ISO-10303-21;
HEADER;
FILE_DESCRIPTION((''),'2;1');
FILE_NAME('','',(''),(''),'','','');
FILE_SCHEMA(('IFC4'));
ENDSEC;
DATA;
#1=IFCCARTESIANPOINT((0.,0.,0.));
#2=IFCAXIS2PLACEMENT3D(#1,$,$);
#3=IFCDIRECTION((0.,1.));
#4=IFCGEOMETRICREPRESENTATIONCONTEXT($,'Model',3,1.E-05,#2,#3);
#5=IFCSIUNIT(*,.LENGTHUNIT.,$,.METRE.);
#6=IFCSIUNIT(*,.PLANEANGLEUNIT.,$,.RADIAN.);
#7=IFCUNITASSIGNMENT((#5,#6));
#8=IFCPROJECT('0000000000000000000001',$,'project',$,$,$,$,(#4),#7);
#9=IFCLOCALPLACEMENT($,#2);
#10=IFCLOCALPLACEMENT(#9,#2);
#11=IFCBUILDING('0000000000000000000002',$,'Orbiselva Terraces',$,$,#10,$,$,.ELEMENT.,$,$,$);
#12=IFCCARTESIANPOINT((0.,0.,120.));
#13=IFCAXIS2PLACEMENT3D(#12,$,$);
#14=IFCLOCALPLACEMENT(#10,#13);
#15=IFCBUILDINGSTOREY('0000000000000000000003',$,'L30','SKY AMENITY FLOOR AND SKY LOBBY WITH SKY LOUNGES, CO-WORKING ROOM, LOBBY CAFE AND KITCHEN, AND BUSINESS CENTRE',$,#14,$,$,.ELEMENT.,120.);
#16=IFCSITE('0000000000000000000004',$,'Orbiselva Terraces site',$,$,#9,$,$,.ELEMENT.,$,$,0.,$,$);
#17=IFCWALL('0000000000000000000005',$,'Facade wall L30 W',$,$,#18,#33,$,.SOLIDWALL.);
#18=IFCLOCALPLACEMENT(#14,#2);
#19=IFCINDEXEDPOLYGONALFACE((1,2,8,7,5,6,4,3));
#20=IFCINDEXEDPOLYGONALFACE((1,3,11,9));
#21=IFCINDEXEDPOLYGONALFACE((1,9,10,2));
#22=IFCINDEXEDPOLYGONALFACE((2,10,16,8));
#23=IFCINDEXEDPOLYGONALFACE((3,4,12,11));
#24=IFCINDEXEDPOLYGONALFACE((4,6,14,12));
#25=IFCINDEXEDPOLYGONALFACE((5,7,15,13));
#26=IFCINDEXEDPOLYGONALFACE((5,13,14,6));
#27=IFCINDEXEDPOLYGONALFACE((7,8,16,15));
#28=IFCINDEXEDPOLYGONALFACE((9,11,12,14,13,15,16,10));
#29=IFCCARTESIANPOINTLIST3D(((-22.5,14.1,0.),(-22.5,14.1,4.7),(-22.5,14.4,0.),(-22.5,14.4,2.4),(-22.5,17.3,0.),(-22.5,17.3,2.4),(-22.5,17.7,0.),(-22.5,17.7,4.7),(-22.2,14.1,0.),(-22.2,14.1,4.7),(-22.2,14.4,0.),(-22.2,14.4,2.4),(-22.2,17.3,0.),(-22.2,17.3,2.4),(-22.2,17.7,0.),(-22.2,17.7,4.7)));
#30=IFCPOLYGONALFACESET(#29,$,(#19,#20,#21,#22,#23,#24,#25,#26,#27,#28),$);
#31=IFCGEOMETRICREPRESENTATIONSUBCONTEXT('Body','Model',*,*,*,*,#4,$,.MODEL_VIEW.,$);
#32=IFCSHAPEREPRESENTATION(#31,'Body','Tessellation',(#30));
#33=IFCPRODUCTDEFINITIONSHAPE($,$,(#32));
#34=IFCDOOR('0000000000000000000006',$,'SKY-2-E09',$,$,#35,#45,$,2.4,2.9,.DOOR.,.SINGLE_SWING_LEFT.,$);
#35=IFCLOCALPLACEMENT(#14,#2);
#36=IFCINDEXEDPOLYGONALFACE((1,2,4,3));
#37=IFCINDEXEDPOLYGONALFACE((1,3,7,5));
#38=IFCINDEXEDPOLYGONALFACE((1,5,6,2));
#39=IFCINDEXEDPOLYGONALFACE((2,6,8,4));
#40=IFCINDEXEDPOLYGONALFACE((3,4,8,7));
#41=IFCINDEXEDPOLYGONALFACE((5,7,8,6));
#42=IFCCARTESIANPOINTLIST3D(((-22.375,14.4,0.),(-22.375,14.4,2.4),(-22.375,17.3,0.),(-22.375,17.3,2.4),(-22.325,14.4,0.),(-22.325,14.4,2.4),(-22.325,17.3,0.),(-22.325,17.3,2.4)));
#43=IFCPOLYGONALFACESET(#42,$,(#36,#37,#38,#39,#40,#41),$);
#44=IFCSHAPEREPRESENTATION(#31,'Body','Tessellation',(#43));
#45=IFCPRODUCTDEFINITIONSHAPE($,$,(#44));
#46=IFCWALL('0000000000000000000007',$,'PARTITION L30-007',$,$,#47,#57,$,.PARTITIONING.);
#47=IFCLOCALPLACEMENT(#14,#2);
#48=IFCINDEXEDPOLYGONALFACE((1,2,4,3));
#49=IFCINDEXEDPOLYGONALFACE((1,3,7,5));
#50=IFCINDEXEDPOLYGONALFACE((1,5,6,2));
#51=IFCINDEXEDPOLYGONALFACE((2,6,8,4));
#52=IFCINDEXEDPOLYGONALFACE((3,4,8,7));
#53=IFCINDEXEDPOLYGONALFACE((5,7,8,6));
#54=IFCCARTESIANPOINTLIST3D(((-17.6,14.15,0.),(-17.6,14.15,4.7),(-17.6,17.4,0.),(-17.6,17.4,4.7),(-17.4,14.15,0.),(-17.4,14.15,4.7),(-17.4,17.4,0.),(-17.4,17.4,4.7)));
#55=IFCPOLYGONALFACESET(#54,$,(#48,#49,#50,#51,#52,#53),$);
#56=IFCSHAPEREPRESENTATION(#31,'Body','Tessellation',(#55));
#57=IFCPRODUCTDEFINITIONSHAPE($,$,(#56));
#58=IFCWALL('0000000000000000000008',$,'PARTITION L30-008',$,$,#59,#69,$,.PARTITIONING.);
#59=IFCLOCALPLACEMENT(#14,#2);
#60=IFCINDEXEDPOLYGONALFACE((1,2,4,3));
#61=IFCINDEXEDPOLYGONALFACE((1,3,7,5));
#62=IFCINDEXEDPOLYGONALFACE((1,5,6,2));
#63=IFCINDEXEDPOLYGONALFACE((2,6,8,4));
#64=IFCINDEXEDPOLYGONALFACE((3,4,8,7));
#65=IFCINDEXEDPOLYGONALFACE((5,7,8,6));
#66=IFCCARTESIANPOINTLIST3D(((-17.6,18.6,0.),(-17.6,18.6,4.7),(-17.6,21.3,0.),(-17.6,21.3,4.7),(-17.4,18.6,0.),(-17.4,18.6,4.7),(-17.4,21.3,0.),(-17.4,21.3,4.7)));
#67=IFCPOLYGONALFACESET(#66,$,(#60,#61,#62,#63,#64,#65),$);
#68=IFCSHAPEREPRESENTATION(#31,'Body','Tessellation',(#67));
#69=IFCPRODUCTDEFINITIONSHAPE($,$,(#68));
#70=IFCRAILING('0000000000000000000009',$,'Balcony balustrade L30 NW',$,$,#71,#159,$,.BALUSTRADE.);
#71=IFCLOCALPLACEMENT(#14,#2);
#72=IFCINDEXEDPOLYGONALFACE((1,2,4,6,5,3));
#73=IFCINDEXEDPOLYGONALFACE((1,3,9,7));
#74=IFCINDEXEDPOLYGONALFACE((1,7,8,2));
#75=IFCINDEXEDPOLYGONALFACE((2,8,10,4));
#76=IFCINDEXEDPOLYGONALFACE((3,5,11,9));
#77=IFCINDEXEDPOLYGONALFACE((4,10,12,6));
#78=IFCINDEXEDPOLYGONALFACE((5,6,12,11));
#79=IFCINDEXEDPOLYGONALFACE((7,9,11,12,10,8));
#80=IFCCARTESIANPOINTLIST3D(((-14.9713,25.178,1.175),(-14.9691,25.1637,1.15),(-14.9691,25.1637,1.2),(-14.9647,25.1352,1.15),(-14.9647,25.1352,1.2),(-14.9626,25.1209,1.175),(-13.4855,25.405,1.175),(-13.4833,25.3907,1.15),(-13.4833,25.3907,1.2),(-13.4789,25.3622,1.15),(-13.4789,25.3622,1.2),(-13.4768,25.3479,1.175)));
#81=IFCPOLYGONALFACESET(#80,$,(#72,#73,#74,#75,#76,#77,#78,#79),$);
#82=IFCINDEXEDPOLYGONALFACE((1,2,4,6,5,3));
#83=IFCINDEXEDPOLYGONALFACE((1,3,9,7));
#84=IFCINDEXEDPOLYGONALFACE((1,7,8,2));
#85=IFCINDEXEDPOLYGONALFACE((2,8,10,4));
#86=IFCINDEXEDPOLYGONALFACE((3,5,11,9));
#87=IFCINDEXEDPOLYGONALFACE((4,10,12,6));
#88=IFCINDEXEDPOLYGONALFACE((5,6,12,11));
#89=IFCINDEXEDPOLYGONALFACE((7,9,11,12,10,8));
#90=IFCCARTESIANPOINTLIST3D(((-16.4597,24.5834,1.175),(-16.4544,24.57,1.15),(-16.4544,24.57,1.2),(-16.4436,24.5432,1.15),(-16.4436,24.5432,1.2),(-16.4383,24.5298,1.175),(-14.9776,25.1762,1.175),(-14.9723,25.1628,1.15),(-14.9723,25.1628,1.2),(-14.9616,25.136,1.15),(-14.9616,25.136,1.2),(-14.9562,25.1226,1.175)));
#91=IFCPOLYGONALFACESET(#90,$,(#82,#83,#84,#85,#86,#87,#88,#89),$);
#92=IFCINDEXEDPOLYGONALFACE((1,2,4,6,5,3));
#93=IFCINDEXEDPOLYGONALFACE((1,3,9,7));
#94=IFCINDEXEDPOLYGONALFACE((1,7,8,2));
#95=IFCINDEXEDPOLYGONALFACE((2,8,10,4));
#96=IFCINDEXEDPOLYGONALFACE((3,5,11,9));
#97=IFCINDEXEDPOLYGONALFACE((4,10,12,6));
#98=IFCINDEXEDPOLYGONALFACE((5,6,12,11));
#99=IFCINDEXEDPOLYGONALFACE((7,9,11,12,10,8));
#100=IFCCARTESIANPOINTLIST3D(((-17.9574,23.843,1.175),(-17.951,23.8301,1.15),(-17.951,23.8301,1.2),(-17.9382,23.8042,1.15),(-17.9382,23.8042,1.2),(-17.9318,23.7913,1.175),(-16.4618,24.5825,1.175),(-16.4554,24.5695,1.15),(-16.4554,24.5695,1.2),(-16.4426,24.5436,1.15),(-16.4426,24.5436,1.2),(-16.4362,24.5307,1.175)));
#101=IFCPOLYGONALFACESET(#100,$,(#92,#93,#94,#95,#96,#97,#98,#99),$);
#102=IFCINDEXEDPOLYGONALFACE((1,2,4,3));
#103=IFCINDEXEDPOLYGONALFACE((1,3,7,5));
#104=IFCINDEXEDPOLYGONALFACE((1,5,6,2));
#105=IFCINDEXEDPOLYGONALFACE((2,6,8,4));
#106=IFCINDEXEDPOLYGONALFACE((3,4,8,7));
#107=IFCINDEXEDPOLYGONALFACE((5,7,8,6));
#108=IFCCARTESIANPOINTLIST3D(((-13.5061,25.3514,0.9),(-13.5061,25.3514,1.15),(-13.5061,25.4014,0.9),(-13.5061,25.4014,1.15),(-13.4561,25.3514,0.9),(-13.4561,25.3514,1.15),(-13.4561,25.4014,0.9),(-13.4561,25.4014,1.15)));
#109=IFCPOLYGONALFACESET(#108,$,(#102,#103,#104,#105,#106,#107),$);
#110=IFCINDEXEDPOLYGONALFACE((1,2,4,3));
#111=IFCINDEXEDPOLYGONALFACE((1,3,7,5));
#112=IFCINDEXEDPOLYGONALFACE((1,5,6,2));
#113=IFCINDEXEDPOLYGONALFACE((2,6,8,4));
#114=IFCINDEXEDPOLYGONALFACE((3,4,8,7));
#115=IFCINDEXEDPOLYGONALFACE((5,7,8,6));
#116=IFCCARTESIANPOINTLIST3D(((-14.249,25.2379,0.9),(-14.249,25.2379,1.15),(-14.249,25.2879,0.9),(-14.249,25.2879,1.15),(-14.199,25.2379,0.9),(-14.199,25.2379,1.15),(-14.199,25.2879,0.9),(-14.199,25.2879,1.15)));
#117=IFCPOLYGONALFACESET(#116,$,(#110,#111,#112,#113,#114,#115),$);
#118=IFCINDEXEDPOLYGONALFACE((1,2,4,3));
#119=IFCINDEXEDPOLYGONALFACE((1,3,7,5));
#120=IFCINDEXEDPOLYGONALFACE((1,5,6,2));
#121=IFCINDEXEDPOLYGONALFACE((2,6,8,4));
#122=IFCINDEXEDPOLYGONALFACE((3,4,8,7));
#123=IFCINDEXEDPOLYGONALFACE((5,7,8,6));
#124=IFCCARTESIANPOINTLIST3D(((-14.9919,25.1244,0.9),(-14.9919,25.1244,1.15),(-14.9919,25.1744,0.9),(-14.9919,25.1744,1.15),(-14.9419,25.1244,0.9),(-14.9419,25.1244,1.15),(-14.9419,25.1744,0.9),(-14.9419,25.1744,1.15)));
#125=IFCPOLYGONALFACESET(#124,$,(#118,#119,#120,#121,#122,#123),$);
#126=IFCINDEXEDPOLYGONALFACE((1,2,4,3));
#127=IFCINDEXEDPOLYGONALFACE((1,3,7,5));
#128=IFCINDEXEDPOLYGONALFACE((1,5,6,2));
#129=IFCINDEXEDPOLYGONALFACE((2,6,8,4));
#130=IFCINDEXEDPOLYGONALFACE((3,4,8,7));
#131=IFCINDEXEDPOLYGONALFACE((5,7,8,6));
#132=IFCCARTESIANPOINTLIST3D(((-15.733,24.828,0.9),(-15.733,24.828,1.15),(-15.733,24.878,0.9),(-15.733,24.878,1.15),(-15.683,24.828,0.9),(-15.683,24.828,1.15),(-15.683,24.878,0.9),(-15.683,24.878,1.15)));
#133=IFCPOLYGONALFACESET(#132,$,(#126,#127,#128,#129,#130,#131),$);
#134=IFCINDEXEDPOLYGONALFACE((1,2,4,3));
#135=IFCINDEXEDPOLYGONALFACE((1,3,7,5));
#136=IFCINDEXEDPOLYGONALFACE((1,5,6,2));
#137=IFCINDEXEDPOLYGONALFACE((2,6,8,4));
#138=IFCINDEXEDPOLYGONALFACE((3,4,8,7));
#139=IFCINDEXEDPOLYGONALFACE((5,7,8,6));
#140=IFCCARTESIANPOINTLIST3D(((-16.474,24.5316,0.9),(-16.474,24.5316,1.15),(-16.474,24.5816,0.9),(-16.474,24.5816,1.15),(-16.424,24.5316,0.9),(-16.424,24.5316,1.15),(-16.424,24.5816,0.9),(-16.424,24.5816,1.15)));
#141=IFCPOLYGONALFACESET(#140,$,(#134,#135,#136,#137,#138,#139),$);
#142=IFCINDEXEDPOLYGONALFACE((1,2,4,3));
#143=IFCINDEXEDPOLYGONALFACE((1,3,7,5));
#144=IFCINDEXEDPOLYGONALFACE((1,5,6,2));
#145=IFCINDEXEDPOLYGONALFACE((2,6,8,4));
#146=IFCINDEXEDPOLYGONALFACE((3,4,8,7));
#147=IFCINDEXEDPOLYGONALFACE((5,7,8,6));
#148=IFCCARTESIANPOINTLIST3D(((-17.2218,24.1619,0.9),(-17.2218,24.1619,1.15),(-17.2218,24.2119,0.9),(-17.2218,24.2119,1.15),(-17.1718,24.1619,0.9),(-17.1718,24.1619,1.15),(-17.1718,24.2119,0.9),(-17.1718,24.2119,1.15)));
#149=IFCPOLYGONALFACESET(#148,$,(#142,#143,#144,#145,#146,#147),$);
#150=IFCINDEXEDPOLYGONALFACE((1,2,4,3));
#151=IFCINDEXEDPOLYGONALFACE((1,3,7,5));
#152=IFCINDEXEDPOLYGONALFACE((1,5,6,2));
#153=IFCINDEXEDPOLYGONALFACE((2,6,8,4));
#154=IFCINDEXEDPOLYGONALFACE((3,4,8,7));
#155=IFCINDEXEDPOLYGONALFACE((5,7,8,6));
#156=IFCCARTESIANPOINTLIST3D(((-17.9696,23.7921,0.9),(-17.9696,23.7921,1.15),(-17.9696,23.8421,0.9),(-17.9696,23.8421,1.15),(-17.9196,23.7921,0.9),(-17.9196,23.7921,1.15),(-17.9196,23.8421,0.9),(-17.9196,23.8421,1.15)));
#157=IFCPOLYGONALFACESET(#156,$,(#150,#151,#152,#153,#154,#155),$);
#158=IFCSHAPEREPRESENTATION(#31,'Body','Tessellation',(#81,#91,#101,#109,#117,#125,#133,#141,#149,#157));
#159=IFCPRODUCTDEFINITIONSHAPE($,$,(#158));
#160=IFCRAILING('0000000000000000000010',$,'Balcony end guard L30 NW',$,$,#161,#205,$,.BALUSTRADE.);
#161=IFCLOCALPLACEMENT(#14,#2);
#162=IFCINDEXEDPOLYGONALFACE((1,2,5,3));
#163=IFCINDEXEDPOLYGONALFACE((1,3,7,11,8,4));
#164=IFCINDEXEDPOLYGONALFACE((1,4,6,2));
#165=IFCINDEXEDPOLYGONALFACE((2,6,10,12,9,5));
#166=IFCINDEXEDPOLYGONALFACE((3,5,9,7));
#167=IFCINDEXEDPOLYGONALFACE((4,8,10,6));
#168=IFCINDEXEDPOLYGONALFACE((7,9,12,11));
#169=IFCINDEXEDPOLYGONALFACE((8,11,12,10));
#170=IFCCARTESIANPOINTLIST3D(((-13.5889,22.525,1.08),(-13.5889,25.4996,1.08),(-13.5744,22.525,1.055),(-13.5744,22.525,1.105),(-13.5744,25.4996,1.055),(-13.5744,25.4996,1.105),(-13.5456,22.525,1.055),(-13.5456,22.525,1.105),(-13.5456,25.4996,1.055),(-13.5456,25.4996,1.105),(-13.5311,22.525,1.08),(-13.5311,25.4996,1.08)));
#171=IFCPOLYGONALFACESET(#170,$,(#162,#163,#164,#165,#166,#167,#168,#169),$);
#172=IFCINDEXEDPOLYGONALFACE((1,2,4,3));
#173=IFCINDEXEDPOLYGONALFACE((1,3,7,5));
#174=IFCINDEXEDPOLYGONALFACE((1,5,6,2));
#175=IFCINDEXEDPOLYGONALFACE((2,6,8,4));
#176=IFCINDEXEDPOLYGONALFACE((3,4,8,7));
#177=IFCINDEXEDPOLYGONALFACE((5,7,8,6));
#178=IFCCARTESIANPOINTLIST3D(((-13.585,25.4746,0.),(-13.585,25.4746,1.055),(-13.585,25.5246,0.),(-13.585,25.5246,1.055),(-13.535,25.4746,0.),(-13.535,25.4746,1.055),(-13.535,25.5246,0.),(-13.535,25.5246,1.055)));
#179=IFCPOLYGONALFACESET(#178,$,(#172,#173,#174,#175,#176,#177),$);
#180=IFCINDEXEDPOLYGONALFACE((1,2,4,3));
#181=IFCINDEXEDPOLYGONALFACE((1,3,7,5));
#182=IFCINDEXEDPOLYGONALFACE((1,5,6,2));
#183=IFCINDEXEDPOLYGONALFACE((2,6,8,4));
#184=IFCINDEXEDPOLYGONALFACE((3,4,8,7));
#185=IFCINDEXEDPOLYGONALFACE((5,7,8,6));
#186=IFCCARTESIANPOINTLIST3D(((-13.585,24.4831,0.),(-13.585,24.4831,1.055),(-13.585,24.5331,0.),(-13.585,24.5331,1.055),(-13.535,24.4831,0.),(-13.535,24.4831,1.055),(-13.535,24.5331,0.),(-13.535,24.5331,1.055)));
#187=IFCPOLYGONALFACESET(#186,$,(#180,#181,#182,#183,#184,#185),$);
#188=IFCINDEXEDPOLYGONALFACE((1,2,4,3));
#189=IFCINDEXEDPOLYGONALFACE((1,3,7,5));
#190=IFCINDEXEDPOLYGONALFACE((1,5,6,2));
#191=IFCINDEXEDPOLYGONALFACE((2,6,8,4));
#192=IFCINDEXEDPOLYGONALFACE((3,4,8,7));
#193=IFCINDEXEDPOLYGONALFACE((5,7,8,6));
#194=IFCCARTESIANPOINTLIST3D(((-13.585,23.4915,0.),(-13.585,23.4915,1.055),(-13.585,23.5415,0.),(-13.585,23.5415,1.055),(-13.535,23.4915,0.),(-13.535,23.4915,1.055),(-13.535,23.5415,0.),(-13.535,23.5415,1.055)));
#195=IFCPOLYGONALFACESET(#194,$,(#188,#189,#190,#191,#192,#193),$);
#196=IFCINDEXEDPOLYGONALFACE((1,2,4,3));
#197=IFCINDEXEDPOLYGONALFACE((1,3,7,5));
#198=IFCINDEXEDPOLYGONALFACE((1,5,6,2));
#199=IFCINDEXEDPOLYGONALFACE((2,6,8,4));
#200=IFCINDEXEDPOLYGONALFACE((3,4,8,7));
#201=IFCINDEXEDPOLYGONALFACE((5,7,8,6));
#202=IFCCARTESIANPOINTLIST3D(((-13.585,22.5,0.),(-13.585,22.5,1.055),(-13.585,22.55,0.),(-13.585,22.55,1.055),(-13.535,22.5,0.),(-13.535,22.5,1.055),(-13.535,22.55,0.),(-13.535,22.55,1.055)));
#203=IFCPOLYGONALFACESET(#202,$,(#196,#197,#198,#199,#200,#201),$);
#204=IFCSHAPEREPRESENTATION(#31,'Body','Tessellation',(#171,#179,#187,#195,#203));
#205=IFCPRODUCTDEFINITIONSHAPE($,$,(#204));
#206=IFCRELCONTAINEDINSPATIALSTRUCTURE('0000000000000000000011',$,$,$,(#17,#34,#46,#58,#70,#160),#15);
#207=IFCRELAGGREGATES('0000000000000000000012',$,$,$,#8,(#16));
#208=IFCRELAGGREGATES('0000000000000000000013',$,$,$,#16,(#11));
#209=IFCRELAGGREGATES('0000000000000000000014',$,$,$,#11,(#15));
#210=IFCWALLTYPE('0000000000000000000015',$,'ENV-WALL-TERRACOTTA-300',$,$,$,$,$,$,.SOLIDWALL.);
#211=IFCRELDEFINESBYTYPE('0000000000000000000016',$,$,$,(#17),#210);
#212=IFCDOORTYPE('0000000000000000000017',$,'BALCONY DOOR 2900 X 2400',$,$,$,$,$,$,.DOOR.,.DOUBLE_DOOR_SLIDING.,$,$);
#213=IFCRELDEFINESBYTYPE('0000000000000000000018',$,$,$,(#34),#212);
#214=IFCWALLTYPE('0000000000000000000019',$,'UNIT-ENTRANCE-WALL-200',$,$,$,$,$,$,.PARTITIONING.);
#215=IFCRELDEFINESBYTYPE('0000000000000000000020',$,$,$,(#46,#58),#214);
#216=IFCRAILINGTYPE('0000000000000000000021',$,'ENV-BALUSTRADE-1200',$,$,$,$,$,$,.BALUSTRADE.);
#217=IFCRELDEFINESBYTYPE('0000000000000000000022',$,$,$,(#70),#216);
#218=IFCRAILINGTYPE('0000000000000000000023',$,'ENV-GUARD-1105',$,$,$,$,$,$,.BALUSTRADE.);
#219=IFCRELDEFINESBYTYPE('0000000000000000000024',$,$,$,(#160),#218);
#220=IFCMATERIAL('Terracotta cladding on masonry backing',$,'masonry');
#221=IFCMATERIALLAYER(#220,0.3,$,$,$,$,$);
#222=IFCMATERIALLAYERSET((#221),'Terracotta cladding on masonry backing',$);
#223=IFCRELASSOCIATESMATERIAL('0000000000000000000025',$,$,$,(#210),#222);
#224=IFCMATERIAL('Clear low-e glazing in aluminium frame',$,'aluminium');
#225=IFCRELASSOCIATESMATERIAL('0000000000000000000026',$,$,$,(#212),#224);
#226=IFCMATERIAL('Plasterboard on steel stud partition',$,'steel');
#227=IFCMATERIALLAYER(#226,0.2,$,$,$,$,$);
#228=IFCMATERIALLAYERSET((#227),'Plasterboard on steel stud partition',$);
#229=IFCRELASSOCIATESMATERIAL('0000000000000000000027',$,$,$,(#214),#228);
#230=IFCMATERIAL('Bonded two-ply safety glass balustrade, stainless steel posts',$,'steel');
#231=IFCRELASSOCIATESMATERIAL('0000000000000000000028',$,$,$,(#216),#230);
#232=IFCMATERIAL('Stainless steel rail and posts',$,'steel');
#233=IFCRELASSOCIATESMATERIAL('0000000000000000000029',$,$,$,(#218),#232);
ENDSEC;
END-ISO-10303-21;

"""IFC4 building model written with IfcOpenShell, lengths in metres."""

from ifc_helpers import new_model, si_unit, direction, frame, frame_2d, origin, origin_2d, place, context, subcontext, project, spatial, polyline, rectangle, outline, extrude, material, layer, layer_set, type_object, element, fill, save


model = new_model("IFC4")

# Units and contexts
model_context = context("Model", 3, precision=1e-05, world=origin(), true_north=direction((0.0, 1.0)))
body_context = subcontext(model_context, "Body", "Model", "MODEL_VIEW")
ifc_project = project(units=[si_unit("LENGTHUNIT", "METRE"), si_unit("PLANEANGLEUNIT", "RADIAN")], contexts=[model_context])

# Site, building, storey
site_placement = place(None, origin())
site = spatial("IfcSite", under=ifc_project, at=site_placement, Name="Orbiselva Terraces site", CompositionType="ELEMENT", RefElevation=0.0)
building_placement = place(site_placement, origin())
building = spatial("IfcBuilding", under=site, at=building_placement, Name="Orbiselva Terraces", CompositionType="ELEMENT")
storey_placement = place(building_placement, frame((0.0, 0.0, 120.0)))
storey = spatial("IfcBuildingStorey", under=building, at=storey_placement, Name="L30", Description="SKY AMENITY FLOOR AND SKY LOBBY WITH SKY LOUNGES, CO-WORKING ROOM, LOBBY CAFE AND KITCHEN, AND BUSINESS CENTRE", CompositionType="ELEMENT", Elevation=120.0)

# Shared definitions
ifc_material_1 = material(Name="Terracotta cladding on masonry backing", Category="masonry")
ifc_layer_1 = layer(ifc_material_1, 0.3)
ifc_layer_set_1 = layer_set([ifc_layer_1], Name="Terracotta cladding on masonry backing")
wall_type_1 = type_object("IfcWallType", Name="ENV-WALL-TERRACOTTA-300", PredefinedType="SOLIDWALL", material=ifc_layer_set_1)
ifc_material_2 = material(Name="Clear low-e glazing in aluminium frame", Category="aluminium")

# Wall, opening, door
wall_1_placement = place(storey_placement, frame((-22.35, 14.1, 0.0), z_axis=(0.0, 0.0, 1.0), x_axis=(0.0, 1.0, 0.0)))
wall_1 = element("IfcWall", 1, at=wall_1_placement, inside=storey, type_object=wall_type_1, Name="Facade wall L30 W", PredefinedType="SOLIDWALL", context=body_context, shape_type="SweptSolid", body=[
    extrude(rectangle(XDim=3.6, YDim=0.3, at=frame_2d((1.8, 0.0))), origin(), (0.0, 0.0, 1.0), 4.7),
])
opening_1_placement = place(wall_1_placement, frame((0.3, 0.0, 0.0)))
opening_1 = element("IfcOpeningElement", 2, at=opening_1_placement, cuts=wall_1, PredefinedType="OPENING", context=body_context, shape_type="SweptSolid", body=[
    extrude(rectangle(XDim=2.9, YDim=2.4, at=frame_2d((1.45, 1.2))), frame((0.0, 0.16, 0.0), z_axis=(0.0, -1.0, 0.0), x_axis=(1.0, 0.0, 0.0)), (0.0, 0.0, 1.0), 0.32),
])
door_type_1 = type_object("IfcDoorType", Name="BALCONY DOOR 2900 X 2400", OperationType="DOUBLE_DOOR_SLIDING", PredefinedType="DOOR", material=ifc_material_2)
door_1_placement = place(opening_1_placement, origin())
door_1 = element("IfcDoor", 3, at=door_1_placement, inside=storey, type_object=door_type_1, Name="SKY-2-E09", OperationType="SINGLE_SWING_LEFT", OverallHeight=2.4, OverallWidth=2.9, PredefinedType="DOOR", context=body_context, shape_type="SweptSolid", body=[
    extrude(rectangle(XDim=2.9, YDim=2.4, at=frame_2d((1.45, 1.2))), frame((0.0, 0.025, 0.0), z_axis=(0.0, -1.0, 0.0), x_axis=(1.0, 0.0, 0.0)), (0.0, 0.0, 1.0), 0.05),
])
fill(opening_1, door_1)

# Walls
ifc_material_3 = material(Name="Plasterboard on steel stud partition", Category="steel")
ifc_layer_2 = layer(ifc_material_3, 0.2)
ifc_layer_set_2 = layer_set([ifc_layer_2], Name="Plasterboard on steel stud partition")
wall_type_2 = type_object("IfcWallType", Name="UNIT-ENTRANCE-WALL-200", PredefinedType="PARTITIONING", material=ifc_layer_set_2)
wall_2_placement = place(storey_placement, frame((-17.5, 14.15, 0.0), z_axis=(0.0, 0.0, 1.0), x_axis=(0.0, 1.0, 0.0)))
element("IfcWall", 4, at=wall_2_placement, inside=storey, type_object=wall_type_2, Name="PARTITION L30-007", PredefinedType="PARTITIONING", context=body_context, shape_type="SweptSolid", body=[
    extrude(rectangle(XDim=3.25, YDim=0.2, at=frame_2d((1.625, 0.0))), origin(), (0.0, 0.0, 1.0), 4.7),
])
wall_3_placement = place(storey_placement, frame((-17.5, 18.6, 0.0), z_axis=(0.0, 0.0, 1.0), x_axis=(0.0, 1.0, 0.0)))
element("IfcWall", 5, at=wall_3_placement, inside=storey, type_object=wall_type_2, Name="PARTITION L30-008", PredefinedType="PARTITIONING", context=body_context, shape_type="SweptSolid", body=[
    extrude(rectangle(XDim=2.7, YDim=0.2, at=frame_2d((1.35, 0.0))), origin(), (0.0, 0.0, 1.0), 4.7),
])

# Railings
ifc_material_4 = material(Name="Bonded two-ply safety glass balustrade, stainless steel posts", Category="steel")
railing_type_1 = type_object("IfcRailingType", Name="ENV-BALUSTRADE-1200", PredefinedType="BALUSTRADE", material=ifc_material_4)
railing_1_placement = place(storey_placement, frame((-13.4811, 25.3764, 0.9)))
element("IfcRailing", 6, at=railing_1_placement, inside=storey, type_object=railing_type_1, Name="Balcony balustrade L30 NW", PredefinedType="BALUSTRADE", context=body_context, shape_type="SweptSolid", body=[
    extrude(outline(polyline([(0.0289, 0.0), (0.0144, 0.025), (-0.0144, 0.025), (-0.0289, 0.0), (-0.0144, -0.025), (0.0144, -0.025), (0.0289, 0.0)])), frame((0.0, 0.0, 0.275), z_axis=(-0.988529, -0.151034, 0.0), x_axis=(0.151034, -0.988529, 0.0)), (0.0, 0.0, 1.0), 1.503),
    extrude(outline(polyline([(0.0289, 0.0), (0.0144, 0.025), (-0.0144, 0.025), (-0.0289, 0.0), (-0.0144, -0.025), (0.0144, -0.025), (0.0289, 0.0)])), frame((-1.4858, -0.227, 0.275), z_axis=(-0.928477, -0.371391, 0.0), x_axis=(0.371391, -0.928477, 0.0)), (0.0, 0.0, 1.0), 1.5963),
    extrude(outline(polyline([(0.0289, 0.0), (0.0144, 0.025), (-0.0144, 0.025), (-0.0289, 0.0), (-0.0144, -0.025), (0.0144, -0.025), (0.0289, 0.0)])), frame((-2.9679, -0.8198, 0.275), z_axis=(-0.896417, -0.443212, 0.0), x_axis=(0.443212, -0.896417, 0.0)), (0.0, 0.0, 1.0), 1.6684),
    extrude(rectangle(XDim=0.05, YDim=0.05, at=origin_2d()), origin(), (0.0, 0.0, 1.0), 0.25),
    extrude(rectangle(XDim=0.05, YDim=0.05, at=origin_2d()), frame((-0.7429, -0.1135, 0.0)), (0.0, 0.0, 1.0), 0.25),
    extrude(rectangle(XDim=0.05, YDim=0.05, at=origin_2d()), frame((-1.4858, -0.227, 0.0)), (0.0, 0.0, 1.0), 0.25),
    extrude(rectangle(XDim=0.05, YDim=0.05, at=origin_2d()), frame((-2.2268, -0.5234, 0.0)), (0.0, 0.0, 1.0), 0.25),
    extrude(rectangle(XDim=0.05, YDim=0.05, at=origin_2d()), frame((-2.9679, -0.8198, 0.0)), (0.0, 0.0, 1.0), 0.25),
    extrude(rectangle(XDim=0.05, YDim=0.05, at=origin_2d()), frame((-3.7157, -1.1896, 0.0)), (0.0, 0.0, 1.0), 0.25),
    extrude(rectangle(XDim=0.05, YDim=0.05, at=origin_2d()), frame((-4.4635, -1.5593, 0.0)), (0.0, 0.0, 1.0), 0.25),
])
ifc_material_5 = material(Name="Stainless steel rail and posts", Category="steel")
railing_type_2 = type_object("IfcRailingType", Name="ENV-GUARD-1105", PredefinedType="BALUSTRADE", material=ifc_material_5)
railing_2_placement = place(storey_placement, frame((-13.56, 25.4996, 0.0)))
element("IfcRailing", 7, at=railing_2_placement, inside=storey, type_object=railing_type_2, Name="Balcony end guard L30 NW", PredefinedType="BALUSTRADE", context=body_context, shape_type="SweptSolid", body=[
    extrude(outline(polyline([(0.0289, 0.0), (0.0144, 0.025), (-0.0144, 0.025), (-0.0289, 0.0), (-0.0144, -0.025), (0.0144, -0.025), (0.0289, 0.0)])), frame((0.0, 0.0, 1.08), z_axis=(0.0, -1.0, 0.0), x_axis=(1.0, 0.0, 0.0)), (0.0, 0.0, 1.0), 2.9746),
    extrude(rectangle(XDim=0.05, YDim=0.05, at=origin_2d()), origin(), (0.0, 0.0, 1.0), 1.055),
    extrude(rectangle(XDim=0.05, YDim=0.05, at=origin_2d()), frame((0.0, -0.9915, 0.0)), (0.0, 0.0, 1.0), 1.055),
    extrude(rectangle(XDim=0.05, YDim=0.05, at=origin_2d()), frame((0.0, -1.9831, 0.0)), (0.0, 0.0, 1.0), 1.055),
    extrude(rectangle(XDim=0.05, YDim=0.05, at=origin_2d()), frame((0.0, -2.9746, 0.0)), (0.0, 0.0, 1.0), 1.055),
])

save(model, "model.ifc")
